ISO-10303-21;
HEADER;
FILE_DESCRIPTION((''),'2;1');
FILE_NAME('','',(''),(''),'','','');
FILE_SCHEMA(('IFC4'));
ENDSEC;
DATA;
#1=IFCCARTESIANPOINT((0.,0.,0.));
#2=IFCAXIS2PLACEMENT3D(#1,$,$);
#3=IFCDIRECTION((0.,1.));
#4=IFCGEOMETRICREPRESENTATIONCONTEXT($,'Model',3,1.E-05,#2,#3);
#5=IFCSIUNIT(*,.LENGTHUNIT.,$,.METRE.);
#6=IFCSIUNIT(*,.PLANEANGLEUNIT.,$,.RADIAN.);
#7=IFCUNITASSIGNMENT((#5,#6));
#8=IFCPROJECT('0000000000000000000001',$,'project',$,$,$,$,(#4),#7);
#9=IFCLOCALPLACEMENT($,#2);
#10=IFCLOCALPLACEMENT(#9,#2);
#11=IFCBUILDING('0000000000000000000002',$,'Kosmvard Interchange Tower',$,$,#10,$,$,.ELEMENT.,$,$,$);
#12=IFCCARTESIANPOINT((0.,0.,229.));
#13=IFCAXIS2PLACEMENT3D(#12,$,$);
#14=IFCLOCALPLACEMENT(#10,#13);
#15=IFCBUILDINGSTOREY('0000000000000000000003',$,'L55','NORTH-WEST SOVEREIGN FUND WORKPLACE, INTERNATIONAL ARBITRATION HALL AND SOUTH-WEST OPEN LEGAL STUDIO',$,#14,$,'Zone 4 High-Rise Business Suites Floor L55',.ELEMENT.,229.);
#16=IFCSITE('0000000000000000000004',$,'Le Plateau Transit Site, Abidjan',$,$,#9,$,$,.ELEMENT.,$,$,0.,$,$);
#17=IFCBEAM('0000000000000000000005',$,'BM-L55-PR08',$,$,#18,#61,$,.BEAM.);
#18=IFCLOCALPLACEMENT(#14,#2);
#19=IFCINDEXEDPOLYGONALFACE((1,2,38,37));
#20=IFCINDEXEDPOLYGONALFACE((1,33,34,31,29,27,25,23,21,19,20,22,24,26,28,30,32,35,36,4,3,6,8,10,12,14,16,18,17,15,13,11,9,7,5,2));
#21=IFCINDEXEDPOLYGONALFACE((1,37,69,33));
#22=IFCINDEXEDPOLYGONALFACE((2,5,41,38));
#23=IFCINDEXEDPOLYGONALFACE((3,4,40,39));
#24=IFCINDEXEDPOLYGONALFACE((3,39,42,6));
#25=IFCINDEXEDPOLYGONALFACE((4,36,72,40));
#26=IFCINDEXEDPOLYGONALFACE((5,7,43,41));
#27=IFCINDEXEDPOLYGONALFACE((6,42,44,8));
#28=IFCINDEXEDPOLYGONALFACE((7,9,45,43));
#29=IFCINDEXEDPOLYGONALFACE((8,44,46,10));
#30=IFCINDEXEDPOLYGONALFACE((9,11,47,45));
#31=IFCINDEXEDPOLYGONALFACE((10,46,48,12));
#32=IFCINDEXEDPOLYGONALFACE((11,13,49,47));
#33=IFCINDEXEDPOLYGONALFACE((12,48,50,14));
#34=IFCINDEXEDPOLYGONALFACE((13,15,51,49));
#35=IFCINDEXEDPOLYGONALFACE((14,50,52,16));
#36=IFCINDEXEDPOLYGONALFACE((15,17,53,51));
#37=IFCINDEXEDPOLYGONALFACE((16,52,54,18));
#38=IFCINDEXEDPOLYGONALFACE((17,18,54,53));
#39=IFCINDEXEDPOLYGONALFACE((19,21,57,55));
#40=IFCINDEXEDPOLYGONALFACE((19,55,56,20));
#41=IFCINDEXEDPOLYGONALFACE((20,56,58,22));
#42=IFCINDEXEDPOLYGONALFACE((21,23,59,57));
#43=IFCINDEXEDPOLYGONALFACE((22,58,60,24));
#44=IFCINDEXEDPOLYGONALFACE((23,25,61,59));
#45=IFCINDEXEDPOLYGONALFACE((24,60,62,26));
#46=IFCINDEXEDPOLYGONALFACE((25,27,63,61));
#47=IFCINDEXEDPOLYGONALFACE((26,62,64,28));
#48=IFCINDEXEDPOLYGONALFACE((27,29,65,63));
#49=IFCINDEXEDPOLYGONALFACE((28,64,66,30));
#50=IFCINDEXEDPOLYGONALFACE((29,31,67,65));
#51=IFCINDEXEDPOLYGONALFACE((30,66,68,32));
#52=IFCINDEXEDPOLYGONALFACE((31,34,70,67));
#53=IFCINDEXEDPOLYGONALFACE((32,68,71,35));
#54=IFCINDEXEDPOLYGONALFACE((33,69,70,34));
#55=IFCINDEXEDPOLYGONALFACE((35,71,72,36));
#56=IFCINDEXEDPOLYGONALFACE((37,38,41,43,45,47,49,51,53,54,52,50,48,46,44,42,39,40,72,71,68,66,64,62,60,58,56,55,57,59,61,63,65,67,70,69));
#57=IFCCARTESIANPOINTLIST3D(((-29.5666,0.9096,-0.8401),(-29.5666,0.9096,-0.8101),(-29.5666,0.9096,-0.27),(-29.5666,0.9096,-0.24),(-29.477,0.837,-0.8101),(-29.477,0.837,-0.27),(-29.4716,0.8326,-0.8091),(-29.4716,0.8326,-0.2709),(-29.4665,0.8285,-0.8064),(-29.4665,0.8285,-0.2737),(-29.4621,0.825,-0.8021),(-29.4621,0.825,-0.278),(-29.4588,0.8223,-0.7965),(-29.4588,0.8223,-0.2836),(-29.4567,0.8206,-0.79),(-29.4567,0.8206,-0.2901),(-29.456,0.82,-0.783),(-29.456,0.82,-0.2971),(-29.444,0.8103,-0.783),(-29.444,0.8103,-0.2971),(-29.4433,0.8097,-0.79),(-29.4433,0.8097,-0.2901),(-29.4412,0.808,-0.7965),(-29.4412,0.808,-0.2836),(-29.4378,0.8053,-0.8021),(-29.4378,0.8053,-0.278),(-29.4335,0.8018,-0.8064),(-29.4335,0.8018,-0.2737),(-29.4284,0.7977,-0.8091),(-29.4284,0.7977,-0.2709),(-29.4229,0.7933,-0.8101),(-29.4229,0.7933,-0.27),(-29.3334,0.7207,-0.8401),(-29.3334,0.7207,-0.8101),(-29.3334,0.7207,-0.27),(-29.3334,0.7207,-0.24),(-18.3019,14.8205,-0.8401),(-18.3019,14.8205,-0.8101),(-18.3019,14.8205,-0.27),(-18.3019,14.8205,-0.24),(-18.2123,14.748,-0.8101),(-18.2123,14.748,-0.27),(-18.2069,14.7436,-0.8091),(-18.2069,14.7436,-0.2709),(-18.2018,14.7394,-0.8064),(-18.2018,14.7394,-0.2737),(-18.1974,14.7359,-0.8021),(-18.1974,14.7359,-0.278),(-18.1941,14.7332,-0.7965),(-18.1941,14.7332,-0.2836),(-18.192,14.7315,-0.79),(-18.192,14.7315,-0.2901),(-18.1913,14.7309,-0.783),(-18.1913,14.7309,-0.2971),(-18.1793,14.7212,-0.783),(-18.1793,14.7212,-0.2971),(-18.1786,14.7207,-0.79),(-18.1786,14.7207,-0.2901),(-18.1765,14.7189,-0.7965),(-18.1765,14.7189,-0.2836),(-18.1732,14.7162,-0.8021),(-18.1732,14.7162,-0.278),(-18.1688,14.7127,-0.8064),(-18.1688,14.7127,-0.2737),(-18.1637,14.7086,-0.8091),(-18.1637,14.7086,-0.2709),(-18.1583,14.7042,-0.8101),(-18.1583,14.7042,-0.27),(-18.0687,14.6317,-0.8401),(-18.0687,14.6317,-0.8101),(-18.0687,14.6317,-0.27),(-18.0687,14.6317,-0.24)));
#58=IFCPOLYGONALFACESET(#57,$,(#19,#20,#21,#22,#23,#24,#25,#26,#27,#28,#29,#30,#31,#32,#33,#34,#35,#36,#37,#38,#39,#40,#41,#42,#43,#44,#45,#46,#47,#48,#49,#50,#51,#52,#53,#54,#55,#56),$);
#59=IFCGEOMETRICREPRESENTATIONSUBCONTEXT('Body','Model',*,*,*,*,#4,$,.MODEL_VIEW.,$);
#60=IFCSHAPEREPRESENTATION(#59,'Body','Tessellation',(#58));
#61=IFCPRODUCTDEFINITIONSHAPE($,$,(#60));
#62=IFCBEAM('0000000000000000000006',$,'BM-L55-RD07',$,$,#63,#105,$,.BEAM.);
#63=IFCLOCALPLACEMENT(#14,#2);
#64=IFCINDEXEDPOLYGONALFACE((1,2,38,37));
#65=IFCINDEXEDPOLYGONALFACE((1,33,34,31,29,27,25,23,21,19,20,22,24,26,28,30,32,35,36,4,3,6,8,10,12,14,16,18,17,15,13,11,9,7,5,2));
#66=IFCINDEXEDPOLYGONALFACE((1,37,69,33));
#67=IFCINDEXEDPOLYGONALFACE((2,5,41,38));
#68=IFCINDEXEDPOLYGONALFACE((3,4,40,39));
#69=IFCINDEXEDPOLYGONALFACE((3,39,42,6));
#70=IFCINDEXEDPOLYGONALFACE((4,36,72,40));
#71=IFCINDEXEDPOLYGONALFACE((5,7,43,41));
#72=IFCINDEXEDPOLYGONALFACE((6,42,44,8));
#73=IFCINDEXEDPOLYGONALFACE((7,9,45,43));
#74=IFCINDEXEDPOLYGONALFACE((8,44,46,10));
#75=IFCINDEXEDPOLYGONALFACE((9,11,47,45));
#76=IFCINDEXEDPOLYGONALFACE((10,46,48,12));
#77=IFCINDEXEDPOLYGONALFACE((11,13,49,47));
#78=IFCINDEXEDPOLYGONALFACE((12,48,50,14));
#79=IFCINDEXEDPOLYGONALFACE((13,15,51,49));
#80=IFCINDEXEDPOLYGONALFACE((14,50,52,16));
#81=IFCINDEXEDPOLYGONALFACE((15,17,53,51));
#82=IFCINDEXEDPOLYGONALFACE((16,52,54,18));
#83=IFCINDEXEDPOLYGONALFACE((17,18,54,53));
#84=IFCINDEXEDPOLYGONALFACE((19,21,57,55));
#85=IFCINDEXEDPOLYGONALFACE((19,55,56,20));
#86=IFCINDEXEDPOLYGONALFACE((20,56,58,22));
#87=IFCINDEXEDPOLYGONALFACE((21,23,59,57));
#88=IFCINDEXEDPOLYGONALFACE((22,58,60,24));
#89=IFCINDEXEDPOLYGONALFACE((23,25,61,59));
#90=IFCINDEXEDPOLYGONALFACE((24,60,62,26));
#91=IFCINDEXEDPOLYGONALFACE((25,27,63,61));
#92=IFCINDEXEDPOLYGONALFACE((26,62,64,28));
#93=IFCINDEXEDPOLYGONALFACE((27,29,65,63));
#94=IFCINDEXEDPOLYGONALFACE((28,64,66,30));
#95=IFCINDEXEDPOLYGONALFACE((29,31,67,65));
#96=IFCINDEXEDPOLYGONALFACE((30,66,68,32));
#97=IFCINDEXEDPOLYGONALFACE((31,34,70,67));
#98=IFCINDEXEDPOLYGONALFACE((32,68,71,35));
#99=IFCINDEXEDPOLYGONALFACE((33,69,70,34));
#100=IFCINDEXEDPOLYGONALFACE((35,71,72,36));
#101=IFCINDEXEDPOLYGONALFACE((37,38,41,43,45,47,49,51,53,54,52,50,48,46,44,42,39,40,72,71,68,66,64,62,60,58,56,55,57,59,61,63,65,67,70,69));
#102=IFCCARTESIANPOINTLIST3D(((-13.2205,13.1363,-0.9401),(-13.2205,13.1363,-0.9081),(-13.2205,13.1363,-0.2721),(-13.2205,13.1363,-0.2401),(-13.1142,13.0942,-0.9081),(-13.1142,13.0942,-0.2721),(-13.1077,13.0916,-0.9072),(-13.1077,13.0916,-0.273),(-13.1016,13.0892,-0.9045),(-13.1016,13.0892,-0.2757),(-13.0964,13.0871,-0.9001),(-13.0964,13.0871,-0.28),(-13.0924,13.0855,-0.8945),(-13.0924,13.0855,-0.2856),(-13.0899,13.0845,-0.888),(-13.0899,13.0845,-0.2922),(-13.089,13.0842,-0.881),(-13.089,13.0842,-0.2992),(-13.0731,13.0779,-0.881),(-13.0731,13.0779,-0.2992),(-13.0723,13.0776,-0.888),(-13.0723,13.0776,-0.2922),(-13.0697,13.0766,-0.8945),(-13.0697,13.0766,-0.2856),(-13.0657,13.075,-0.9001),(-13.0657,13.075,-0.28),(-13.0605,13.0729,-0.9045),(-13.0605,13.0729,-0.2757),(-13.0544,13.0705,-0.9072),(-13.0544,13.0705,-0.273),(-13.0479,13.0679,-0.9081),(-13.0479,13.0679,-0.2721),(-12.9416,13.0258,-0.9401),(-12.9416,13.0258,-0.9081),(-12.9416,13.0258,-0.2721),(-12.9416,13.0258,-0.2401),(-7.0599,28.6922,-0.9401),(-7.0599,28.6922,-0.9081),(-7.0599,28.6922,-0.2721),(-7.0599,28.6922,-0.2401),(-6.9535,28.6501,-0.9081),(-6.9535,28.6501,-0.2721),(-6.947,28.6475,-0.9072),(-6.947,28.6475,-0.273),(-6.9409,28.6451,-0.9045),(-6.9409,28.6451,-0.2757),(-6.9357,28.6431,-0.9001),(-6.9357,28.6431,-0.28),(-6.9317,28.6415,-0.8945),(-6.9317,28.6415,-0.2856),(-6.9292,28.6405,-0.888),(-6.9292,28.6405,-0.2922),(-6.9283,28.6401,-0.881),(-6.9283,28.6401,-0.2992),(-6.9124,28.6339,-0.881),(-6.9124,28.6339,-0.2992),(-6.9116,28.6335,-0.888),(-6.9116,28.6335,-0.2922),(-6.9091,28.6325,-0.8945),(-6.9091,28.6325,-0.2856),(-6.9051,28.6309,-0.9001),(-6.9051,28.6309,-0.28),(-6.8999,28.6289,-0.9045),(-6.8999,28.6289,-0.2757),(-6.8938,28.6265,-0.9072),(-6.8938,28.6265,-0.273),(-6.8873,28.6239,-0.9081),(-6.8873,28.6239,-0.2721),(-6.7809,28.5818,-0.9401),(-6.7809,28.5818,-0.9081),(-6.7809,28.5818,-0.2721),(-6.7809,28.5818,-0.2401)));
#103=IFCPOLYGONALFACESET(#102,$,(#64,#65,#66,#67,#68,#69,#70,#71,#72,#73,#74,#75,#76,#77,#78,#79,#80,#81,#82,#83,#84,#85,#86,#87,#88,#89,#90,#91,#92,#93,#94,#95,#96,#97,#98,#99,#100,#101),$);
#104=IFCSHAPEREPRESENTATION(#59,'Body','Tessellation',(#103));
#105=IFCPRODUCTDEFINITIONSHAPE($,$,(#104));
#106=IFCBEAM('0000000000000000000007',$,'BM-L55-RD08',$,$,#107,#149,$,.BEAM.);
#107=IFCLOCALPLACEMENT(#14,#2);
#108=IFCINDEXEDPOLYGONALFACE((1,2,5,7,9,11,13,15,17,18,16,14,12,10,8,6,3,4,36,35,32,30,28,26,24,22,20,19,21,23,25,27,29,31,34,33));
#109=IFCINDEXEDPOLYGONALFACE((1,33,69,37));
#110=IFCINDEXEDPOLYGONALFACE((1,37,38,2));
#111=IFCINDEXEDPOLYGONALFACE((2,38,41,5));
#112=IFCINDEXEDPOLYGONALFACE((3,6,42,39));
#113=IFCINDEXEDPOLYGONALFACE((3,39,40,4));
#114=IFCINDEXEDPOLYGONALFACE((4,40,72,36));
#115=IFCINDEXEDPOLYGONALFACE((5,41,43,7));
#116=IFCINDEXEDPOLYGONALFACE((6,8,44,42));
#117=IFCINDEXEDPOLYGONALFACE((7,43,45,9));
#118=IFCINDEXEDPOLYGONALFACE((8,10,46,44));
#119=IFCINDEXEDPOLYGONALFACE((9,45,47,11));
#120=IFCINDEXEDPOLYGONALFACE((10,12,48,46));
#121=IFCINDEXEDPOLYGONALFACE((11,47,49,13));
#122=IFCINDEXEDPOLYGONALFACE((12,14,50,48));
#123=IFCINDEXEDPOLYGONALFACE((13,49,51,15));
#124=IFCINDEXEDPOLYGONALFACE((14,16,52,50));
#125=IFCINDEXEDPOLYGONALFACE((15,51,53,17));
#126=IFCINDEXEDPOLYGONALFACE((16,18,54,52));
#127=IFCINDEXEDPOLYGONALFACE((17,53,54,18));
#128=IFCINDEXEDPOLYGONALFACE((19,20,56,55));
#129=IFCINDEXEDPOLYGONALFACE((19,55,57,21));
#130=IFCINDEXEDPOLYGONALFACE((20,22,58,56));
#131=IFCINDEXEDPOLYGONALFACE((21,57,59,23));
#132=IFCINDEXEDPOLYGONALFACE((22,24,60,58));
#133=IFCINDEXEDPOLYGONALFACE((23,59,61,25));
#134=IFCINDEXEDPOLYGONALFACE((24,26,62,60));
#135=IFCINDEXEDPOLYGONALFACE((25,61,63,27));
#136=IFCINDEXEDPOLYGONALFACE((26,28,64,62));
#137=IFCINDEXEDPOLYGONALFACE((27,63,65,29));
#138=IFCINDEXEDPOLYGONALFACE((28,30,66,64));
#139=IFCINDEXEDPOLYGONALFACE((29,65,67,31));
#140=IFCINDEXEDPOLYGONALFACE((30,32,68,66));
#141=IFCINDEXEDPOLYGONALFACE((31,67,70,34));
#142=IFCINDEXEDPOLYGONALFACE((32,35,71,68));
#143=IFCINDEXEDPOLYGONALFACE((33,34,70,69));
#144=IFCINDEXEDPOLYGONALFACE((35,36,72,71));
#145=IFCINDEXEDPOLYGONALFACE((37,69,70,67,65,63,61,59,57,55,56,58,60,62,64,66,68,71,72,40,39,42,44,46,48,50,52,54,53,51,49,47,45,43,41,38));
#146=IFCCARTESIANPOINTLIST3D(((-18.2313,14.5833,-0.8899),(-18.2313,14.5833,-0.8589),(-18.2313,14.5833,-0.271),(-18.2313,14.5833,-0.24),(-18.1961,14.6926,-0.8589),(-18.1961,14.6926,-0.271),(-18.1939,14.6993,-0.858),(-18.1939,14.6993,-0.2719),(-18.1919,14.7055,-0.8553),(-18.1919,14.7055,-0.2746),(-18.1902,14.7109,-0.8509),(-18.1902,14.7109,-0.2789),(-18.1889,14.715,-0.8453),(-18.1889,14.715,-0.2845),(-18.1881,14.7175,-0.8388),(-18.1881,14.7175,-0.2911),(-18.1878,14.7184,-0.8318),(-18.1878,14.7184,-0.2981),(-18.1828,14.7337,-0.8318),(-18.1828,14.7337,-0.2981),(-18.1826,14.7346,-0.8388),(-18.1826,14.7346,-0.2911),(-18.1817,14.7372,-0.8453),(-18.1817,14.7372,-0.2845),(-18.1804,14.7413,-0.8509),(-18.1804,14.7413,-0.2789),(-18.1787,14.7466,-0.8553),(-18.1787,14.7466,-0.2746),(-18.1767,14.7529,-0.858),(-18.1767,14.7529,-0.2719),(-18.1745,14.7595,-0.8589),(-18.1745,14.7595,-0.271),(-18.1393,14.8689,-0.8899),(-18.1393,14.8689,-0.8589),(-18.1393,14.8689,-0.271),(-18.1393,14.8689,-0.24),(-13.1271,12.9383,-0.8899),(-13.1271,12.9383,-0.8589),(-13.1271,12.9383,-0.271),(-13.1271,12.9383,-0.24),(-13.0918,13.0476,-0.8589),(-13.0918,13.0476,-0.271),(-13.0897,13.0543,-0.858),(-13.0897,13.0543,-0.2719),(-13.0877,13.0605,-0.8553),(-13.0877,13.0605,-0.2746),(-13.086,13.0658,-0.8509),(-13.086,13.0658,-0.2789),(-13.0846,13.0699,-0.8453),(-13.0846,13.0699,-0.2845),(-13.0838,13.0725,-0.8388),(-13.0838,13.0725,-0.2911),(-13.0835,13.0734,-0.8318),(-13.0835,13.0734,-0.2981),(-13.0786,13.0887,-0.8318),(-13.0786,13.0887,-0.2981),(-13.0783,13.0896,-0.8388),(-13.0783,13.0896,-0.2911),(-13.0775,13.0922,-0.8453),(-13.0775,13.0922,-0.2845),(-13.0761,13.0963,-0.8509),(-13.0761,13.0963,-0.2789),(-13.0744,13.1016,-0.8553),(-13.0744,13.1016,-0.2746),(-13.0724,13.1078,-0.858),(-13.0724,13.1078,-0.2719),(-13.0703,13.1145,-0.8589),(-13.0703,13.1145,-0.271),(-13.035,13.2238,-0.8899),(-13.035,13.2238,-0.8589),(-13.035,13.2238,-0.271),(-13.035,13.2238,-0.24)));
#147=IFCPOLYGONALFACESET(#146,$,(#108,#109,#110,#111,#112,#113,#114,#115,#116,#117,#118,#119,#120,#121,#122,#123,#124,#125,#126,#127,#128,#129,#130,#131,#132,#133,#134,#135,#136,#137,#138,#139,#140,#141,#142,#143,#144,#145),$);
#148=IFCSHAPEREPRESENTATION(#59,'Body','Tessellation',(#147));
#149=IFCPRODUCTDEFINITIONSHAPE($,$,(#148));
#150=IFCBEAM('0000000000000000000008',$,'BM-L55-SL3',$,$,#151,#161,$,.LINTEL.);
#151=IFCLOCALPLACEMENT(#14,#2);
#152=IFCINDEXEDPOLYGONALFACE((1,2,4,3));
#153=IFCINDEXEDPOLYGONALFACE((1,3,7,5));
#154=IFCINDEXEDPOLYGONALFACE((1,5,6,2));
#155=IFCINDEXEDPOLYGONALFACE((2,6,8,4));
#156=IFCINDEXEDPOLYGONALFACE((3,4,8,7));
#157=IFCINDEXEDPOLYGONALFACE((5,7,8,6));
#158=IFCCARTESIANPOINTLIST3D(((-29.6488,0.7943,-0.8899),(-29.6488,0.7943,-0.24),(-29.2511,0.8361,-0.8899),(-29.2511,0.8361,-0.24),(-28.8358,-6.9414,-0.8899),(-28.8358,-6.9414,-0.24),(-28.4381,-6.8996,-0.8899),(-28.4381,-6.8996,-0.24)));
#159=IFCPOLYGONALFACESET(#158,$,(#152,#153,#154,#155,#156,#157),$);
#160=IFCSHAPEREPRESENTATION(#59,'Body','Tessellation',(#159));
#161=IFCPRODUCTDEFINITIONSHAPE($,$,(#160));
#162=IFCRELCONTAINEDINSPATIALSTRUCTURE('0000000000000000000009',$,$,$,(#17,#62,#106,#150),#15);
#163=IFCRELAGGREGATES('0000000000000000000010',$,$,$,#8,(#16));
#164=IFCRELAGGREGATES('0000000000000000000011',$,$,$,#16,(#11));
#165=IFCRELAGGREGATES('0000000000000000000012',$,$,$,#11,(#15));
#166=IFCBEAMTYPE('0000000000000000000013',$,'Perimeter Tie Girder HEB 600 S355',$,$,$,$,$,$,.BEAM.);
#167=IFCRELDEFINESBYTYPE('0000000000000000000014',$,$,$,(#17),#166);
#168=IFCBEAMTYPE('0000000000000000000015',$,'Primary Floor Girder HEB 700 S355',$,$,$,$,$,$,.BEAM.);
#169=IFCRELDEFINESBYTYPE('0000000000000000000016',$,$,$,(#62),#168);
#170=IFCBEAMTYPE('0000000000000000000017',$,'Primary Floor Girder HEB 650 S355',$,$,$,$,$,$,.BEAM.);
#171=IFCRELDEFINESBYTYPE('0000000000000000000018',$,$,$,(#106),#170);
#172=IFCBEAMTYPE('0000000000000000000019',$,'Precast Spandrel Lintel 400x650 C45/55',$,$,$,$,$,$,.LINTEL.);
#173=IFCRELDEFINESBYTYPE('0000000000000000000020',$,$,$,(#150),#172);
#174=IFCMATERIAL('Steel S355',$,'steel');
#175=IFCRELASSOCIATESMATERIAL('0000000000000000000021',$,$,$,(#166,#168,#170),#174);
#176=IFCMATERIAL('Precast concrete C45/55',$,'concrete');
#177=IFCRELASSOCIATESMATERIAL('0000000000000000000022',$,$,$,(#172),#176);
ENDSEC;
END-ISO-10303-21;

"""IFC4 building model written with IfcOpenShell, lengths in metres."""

from ifc_helpers import new_model, si_unit, direction, frame, origin, origin_2d, place, context, subcontext, project, spatial, rectangle, i_section, extrude, source, transform, mapped, material, material_profile, profile_set, type_object, element, save


model = new_model("IFC4")

# Units and contexts
model_context = context("Model", 3, precision=1e-05, world=origin(), true_north=direction((0.0, 1.0)))
body_context = subcontext(model_context, "Body", "Model", "MODEL_VIEW")
ifc_project = project(units=[si_unit("LENGTHUNIT", "METRE"), si_unit("PLANEANGLEUNIT", "RADIAN")], contexts=[model_context])

# Site, building, storey
site_placement = place(None, origin())
site = spatial("IfcSite", under=ifc_project, at=site_placement, Name="Le Plateau Transit Site, Abidjan", CompositionType="ELEMENT", RefElevation=0.0)
building_placement = place(site_placement, origin())
building = spatial("IfcBuilding", under=site, at=building_placement, Name="Kosmvard Interchange Tower", CompositionType="ELEMENT")
storey_placement = place(building_placement, frame((0.0, 0.0, 229.0)))
storey = spatial("IfcBuildingStorey", under=building, at=storey_placement, Name="L55", Description="NORTH-WEST SOVEREIGN FUND WORKPLACE, INTERNATIONAL ARBITRATION HALL AND SOUTH-WEST OPEN LEGAL STUDIO", LongName="Zone 4 High-Rise Business Suites Floor L55", CompositionType="ELEMENT", Elevation=229.0)

# Beams
ifc_material_1 = material(Name="Steel S355", Category="steel")
ifc_material_profile_1 = material_profile(ifc_material_1, i_section(OverallWidth=0.3, OverallDepth=0.6001, WebThickness=0.0154, FlangeThickness=0.03, FilletRadius=0.0271, at=origin_2d()), Name="HEB 600")
ifc_profile_set_1 = profile_set([ifc_material_profile_1], Name="Steel S355")
beam_type_1 = type_object("IfcBeamType", Name="Perimeter Tie Girder HEB 600 S355", PredefinedType="BEAM", material=ifc_profile_set_1)
shared_shape_1 = source(origin(), body_context, "Body", "SweptSolid", [
    extrude(i_section(OverallWidth=0.3, OverallDepth=0.6001, WebThickness=0.0154, FlangeThickness=0.03, FilletRadius=0.0271, at=origin_2d()), origin(), (0.0, 0.0, 1.0), 17.8999),
])
beam_1_placement = place(storey_placement, frame((-18.1853, 14.7261, -0.54), z_axis=(-0.629315, -0.777151, 0.0), x_axis=(0.777151, -0.629315, 0.0)))
element("IfcBeam", 1, at=beam_1_placement, inside=storey, type_object=beam_type_1, Name="BM-L55-PR08", PredefinedType="BEAM", context=body_context, shape_type="MappedRepresentation", body=[
    mapped(shared_shape_1, transform((0.0, 0.0, 0.0), scale=1.0)),
])
ifc_material_profile_2 = material_profile(ifc_material_1, i_section(OverallWidth=0.3, OverallDepth=0.7, WebThickness=0.0171, FlangeThickness=0.032, FilletRadius=0.0271, at=origin_2d()), Name="HEB 700")
ifc_profile_set_2 = profile_set([ifc_material_profile_2], Name="Steel S355")
beam_type_2 = type_object("IfcBeamType", Name="Primary Floor Girder HEB 700 S355", PredefinedType="BEAM", material=ifc_profile_set_2)
shared_shape_2 = source(origin(), body_context, "Body", "SweptSolid", [
    extrude(i_section(OverallWidth=0.3, OverallDepth=0.7, WebThickness=0.0171, FlangeThickness=0.032, FilletRadius=0.0271, at=origin_2d()), origin(), (0.0, 0.0, 1.0), 16.7314),
])
beam_2_placement = place(storey_placement, frame((-13.0811, 13.0811, -0.5901), z_axis=(0.368209, 0.929743, 0.0), x_axis=(-0.929743, 0.368209, 0.0)))
element("IfcBeam", 2, at=beam_2_placement, inside=storey, type_object=beam_type_2, Name="BM-L55-RD07", PredefinedType="BEAM", context=body_context, shape_type="MappedRepresentation", body=[
    mapped(shared_shape_2, transform((0.0, 0.0, 0.0), scale=1.0)),
])
ifc_material_profile_3 = material_profile(ifc_material_1, i_section(OverallWidth=0.3, OverallDepth=0.6499, WebThickness=0.0161, FlangeThickness=0.031, FilletRadius=0.0271, at=origin_2d()), Name="HEB 650")
ifc_profile_set_3 = profile_set([ifc_material_profile_3], Name="Steel S355")
beam_type_3 = type_object("IfcBeamType", Name="Primary Floor Girder HEB 650 S355", PredefinedType="BEAM", material=ifc_profile_set_3)
shared_shape_3 = source(origin(), body_context, "Body", "SweptSolid", [
    extrude(i_section(OverallWidth=0.3, OverallDepth=0.6499, WebThickness=0.0161, FlangeThickness=0.031, FilletRadius=0.0271, at=origin_2d()), origin(), (0.0, 0.0, 1.0), 5.3628),
])
beam_3_placement = place(storey_placement, frame((-13.0811, 13.0811, -0.5649), z_axis=(-0.951791, 0.306747, 0.0), x_axis=(-0.306747, -0.951791, 0.0)))
element("IfcBeam", 3, at=beam_3_placement, inside=storey, type_object=beam_type_3, Name="BM-L55-RD08", PredefinedType="BEAM", context=body_context, shape_type="MappedRepresentation", body=[
    mapped(shared_shape_3, transform((0.0, 0.0, 0.0), scale=1.0)),
])
ifc_material_2 = material(Name="Precast concrete C45/55", Category="concrete")
ifc_material_profile_4 = material_profile(ifc_material_2, rectangle(XDim=0.3999, YDim=0.6499, at=origin_2d()), Name="SL 400x650")
ifc_profile_set_4 = profile_set([ifc_material_profile_4], Name="Precast concrete C45/55")
beam_type_4 = type_object("IfcBeamType", Name="Precast Spandrel Lintel 400x650 C45/55", PredefinedType="LINTEL", material=ifc_profile_set_4)
shared_shape_4 = source(origin(), body_context, "Body", "SweptSolid", [
    extrude(rectangle(XDim=0.3999, YDim=0.6499, at=origin_2d()), origin(), (0.0, 0.0, 1.0), 7.7783),
])
beam_4_placement = place(storey_placement, frame((-29.45, 0.8152, -0.5649), z_axis=(0.104521, -0.994523, 0.0), x_axis=(0.994523, 0.104521, 0.0)))
element("IfcBeam", 4, at=beam_4_placement, inside=storey, type_object=beam_type_4, Name="BM-L55-SL3", PredefinedType="LINTEL", context=body_context, shape_type="MappedRepresentation", body=[
    mapped(shared_shape_4, transform((0.0, 0.0, 0.0), scale=1.0)),
])

save(model, "model.ifc")
